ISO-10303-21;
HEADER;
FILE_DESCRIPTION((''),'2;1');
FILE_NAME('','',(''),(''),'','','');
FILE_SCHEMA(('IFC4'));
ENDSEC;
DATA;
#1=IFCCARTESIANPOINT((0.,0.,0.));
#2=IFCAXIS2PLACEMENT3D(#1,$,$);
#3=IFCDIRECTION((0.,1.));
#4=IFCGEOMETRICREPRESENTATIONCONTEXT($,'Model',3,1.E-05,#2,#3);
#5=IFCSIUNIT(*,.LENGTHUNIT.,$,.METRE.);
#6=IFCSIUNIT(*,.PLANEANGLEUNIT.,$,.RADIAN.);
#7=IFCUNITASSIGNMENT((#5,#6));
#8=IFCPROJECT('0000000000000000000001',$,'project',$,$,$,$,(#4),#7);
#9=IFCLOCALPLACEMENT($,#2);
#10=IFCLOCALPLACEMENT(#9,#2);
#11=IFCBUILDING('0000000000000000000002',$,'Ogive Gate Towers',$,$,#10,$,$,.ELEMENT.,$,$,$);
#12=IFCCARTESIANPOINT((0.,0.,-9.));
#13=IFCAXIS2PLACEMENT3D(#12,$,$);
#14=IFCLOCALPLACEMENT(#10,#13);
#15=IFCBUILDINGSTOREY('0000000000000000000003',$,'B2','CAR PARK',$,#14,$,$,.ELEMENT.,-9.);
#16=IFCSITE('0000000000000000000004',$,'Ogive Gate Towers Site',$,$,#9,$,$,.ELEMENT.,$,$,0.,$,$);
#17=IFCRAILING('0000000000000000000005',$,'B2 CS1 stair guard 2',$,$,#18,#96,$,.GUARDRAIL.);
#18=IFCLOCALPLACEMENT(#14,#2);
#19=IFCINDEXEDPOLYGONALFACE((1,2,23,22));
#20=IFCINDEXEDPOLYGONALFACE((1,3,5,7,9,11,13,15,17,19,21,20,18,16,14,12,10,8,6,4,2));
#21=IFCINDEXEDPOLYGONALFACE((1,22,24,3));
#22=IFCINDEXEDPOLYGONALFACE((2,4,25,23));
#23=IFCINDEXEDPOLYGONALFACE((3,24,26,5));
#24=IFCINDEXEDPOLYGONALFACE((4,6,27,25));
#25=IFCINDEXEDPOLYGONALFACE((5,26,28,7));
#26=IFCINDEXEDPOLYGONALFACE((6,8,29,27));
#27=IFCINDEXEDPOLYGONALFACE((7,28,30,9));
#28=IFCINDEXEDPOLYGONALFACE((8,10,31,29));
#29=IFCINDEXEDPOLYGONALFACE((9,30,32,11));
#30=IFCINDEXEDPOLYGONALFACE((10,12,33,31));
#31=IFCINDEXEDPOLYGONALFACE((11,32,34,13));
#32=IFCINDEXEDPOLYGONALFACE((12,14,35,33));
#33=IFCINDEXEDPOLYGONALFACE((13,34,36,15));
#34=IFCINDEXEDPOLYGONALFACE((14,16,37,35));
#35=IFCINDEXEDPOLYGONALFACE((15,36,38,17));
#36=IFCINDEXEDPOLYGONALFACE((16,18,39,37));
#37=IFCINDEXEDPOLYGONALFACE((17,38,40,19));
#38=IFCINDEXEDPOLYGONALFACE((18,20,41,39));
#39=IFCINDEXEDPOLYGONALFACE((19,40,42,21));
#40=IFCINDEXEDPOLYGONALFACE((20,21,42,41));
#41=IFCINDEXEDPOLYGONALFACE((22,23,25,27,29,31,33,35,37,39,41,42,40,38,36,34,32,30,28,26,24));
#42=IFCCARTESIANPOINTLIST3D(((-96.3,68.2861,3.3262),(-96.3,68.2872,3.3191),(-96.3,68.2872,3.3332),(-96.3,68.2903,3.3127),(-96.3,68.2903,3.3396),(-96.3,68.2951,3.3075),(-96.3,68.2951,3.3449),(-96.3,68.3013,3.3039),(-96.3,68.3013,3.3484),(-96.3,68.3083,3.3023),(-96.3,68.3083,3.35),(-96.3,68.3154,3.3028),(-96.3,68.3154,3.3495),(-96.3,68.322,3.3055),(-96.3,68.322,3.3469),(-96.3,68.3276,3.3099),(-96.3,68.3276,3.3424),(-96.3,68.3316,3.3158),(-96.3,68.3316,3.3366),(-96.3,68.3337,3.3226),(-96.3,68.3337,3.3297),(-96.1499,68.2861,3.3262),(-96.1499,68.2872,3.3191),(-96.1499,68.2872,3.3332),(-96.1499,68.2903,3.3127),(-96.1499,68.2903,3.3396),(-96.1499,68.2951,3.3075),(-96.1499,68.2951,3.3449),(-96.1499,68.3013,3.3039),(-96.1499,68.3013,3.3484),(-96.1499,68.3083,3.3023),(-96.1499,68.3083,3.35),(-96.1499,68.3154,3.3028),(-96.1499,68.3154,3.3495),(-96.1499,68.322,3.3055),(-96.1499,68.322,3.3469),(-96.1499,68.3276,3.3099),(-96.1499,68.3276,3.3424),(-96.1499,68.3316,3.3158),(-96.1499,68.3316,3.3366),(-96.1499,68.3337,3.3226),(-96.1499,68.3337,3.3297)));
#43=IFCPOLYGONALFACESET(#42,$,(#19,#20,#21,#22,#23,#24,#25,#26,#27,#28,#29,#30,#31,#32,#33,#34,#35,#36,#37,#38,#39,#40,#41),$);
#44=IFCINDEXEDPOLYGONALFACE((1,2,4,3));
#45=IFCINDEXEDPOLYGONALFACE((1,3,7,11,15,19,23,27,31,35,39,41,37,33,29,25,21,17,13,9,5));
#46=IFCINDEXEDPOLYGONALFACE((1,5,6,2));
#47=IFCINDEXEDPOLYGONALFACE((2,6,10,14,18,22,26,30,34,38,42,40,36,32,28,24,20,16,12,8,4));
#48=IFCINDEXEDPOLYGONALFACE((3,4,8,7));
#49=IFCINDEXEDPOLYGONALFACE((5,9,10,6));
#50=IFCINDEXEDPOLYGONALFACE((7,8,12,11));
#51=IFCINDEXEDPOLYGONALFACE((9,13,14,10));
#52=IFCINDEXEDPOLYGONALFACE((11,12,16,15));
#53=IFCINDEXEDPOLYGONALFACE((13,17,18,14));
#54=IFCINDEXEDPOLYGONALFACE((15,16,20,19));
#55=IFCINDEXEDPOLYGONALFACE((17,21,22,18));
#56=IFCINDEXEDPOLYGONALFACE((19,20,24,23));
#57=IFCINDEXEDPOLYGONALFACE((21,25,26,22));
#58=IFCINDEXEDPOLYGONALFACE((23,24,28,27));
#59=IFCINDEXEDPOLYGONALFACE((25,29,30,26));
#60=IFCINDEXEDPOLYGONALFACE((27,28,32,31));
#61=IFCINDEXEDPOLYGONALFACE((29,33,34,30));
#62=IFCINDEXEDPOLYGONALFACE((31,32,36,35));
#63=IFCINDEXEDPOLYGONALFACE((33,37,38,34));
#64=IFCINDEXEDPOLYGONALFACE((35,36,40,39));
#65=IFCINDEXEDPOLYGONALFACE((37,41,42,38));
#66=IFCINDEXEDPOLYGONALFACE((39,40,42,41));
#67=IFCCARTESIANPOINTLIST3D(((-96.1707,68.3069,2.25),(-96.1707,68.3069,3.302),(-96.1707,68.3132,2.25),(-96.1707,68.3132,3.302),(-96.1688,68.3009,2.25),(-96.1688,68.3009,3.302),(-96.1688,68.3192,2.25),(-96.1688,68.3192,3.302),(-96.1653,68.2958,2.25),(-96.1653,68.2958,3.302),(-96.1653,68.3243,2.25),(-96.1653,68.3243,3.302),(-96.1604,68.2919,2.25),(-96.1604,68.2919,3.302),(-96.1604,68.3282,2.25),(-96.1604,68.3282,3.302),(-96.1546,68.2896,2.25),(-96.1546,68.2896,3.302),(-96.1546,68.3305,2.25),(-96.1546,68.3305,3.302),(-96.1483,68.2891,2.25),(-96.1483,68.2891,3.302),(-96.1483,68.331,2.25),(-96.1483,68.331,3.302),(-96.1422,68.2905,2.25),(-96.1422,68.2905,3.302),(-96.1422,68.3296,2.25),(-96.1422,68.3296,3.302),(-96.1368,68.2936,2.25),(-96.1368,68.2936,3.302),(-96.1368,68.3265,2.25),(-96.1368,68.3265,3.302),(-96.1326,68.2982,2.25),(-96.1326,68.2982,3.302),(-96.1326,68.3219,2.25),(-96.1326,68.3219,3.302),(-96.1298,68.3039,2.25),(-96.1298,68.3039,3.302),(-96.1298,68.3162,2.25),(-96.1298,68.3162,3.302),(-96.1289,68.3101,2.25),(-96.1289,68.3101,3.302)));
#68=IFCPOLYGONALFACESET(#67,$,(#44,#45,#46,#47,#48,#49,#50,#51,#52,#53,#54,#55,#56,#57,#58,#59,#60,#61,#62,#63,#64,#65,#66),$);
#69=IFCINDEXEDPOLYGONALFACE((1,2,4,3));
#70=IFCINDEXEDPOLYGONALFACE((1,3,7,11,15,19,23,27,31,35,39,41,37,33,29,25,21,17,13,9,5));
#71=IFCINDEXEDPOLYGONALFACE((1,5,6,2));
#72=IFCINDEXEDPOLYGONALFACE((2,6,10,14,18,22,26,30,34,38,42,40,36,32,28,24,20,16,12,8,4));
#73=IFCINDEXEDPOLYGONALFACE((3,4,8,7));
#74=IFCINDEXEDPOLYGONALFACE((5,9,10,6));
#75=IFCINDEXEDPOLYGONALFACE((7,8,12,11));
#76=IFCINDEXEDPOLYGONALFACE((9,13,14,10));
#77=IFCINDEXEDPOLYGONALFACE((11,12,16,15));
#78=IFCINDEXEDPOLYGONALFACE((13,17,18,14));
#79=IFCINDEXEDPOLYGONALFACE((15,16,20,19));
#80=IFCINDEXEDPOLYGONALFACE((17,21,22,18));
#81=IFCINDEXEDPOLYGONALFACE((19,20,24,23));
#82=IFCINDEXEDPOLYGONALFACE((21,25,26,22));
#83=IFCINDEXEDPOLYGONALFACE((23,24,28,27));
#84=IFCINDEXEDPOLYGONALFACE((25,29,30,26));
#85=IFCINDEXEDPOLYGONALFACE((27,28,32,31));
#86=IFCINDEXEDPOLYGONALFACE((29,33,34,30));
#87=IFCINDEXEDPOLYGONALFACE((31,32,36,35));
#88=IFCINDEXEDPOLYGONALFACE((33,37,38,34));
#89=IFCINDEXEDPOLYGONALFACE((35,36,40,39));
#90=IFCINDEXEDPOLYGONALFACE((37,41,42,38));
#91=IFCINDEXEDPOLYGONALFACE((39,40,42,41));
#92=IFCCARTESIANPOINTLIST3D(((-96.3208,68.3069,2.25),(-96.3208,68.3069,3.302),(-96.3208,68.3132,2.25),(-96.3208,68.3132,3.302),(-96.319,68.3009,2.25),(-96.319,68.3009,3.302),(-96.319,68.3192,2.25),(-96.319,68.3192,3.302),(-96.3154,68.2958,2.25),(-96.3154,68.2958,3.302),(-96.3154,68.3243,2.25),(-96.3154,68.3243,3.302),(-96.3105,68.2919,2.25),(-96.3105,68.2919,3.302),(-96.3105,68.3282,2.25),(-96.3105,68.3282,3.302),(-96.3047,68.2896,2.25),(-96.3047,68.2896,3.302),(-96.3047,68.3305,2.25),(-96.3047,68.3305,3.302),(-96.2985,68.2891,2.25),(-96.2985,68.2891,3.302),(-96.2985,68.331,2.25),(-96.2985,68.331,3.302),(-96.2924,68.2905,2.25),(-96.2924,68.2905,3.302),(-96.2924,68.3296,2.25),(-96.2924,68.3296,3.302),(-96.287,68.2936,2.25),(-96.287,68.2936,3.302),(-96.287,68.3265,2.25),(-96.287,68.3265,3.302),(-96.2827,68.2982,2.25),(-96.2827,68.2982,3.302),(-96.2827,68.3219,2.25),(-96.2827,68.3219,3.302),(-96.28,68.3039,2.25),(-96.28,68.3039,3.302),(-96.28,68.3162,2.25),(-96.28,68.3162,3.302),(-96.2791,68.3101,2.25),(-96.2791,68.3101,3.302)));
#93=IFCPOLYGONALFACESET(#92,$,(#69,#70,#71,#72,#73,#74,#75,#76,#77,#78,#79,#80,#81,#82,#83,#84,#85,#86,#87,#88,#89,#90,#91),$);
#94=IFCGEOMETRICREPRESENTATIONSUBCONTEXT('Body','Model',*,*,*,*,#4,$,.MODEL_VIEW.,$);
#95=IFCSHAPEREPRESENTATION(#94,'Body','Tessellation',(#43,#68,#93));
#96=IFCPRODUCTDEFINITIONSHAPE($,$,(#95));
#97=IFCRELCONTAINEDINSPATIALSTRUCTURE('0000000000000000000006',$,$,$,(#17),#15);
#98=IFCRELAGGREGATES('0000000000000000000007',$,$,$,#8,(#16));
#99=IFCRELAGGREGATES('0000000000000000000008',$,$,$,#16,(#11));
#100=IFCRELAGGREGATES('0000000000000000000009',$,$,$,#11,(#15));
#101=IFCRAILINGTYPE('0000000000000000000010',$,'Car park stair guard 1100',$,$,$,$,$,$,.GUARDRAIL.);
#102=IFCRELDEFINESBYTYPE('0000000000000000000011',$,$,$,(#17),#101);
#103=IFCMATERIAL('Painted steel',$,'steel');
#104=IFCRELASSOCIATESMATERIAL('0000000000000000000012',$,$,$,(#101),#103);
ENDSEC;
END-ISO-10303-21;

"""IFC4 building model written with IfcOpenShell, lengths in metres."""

from ifc_helpers import new_model, si_unit, direction, frame, origin, origin_2d, place, context, subcontext, project, spatial, circle, extrude, material, type_object, element, save


model = new_model("IFC4")

# Units and contexts
model_context = context("Model", 3, precision=1e-05, world=origin(), true_north=direction((0.0, 1.0)))
body_context = subcontext(model_context, "Body", "Model", "MODEL_VIEW")
ifc_project = project(units=[si_unit("LENGTHUNIT", "METRE"), si_unit("PLANEANGLEUNIT", "RADIAN")], contexts=[model_context])

# Site, building, storey
site_placement = place(None, origin())
site = spatial("IfcSite", under=ifc_project, at=site_placement, Name="Ogive Gate Towers Site", CompositionType="ELEMENT", RefElevation=0.0)
building_placement = place(site_placement, origin())
building = spatial("IfcBuilding", under=site, at=building_placement, Name="Ogive Gate Towers", CompositionType="ELEMENT")
storey_placement = place(building_placement, frame((0.0, 0.0, -9.0)))
storey = spatial("IfcBuildingStorey", under=building, at=storey_placement, Name="B2", Description="CAR PARK", CompositionType="ELEMENT", Elevation=-9.0)

# Railing
ifc_material_1 = material(Name="Painted steel", Category="steel")
railing_type_1 = type_object("IfcRailingType", Name="Car park stair guard 1100", PredefinedType="GUARDRAIL", material=ifc_material_1)
railing_1_placement = place(storey_placement, frame((-96.1499, 68.3101, 2.25)))
element("IfcRailing", 1, at=railing_1_placement, inside=storey, type_object=railing_type_1, Name="B2 CS1 stair guard 2", PredefinedType="GUARDRAIL", context=body_context, shape_type="SweptSolid", body=[
    extrude(circle(Radius=0.0239, at=origin_2d()), frame((0.0, 0.0, 1.0762), z_axis=(-1.0, 0.0, 0.0), x_axis=(0.0, -1.0, 0.0)), (0.0, 0.0, 1.0), 0.1501),
    extrude(circle(Radius=0.021, at=origin_2d()), origin(), (0.0, 0.0, 1.0), 1.052),
    extrude(circle(Radius=0.021, at=origin_2d()), frame((-0.1501, 0.0, 0.0)), (0.0, 0.0, 1.0), 1.052),
])

save(model, "model.ifc")
